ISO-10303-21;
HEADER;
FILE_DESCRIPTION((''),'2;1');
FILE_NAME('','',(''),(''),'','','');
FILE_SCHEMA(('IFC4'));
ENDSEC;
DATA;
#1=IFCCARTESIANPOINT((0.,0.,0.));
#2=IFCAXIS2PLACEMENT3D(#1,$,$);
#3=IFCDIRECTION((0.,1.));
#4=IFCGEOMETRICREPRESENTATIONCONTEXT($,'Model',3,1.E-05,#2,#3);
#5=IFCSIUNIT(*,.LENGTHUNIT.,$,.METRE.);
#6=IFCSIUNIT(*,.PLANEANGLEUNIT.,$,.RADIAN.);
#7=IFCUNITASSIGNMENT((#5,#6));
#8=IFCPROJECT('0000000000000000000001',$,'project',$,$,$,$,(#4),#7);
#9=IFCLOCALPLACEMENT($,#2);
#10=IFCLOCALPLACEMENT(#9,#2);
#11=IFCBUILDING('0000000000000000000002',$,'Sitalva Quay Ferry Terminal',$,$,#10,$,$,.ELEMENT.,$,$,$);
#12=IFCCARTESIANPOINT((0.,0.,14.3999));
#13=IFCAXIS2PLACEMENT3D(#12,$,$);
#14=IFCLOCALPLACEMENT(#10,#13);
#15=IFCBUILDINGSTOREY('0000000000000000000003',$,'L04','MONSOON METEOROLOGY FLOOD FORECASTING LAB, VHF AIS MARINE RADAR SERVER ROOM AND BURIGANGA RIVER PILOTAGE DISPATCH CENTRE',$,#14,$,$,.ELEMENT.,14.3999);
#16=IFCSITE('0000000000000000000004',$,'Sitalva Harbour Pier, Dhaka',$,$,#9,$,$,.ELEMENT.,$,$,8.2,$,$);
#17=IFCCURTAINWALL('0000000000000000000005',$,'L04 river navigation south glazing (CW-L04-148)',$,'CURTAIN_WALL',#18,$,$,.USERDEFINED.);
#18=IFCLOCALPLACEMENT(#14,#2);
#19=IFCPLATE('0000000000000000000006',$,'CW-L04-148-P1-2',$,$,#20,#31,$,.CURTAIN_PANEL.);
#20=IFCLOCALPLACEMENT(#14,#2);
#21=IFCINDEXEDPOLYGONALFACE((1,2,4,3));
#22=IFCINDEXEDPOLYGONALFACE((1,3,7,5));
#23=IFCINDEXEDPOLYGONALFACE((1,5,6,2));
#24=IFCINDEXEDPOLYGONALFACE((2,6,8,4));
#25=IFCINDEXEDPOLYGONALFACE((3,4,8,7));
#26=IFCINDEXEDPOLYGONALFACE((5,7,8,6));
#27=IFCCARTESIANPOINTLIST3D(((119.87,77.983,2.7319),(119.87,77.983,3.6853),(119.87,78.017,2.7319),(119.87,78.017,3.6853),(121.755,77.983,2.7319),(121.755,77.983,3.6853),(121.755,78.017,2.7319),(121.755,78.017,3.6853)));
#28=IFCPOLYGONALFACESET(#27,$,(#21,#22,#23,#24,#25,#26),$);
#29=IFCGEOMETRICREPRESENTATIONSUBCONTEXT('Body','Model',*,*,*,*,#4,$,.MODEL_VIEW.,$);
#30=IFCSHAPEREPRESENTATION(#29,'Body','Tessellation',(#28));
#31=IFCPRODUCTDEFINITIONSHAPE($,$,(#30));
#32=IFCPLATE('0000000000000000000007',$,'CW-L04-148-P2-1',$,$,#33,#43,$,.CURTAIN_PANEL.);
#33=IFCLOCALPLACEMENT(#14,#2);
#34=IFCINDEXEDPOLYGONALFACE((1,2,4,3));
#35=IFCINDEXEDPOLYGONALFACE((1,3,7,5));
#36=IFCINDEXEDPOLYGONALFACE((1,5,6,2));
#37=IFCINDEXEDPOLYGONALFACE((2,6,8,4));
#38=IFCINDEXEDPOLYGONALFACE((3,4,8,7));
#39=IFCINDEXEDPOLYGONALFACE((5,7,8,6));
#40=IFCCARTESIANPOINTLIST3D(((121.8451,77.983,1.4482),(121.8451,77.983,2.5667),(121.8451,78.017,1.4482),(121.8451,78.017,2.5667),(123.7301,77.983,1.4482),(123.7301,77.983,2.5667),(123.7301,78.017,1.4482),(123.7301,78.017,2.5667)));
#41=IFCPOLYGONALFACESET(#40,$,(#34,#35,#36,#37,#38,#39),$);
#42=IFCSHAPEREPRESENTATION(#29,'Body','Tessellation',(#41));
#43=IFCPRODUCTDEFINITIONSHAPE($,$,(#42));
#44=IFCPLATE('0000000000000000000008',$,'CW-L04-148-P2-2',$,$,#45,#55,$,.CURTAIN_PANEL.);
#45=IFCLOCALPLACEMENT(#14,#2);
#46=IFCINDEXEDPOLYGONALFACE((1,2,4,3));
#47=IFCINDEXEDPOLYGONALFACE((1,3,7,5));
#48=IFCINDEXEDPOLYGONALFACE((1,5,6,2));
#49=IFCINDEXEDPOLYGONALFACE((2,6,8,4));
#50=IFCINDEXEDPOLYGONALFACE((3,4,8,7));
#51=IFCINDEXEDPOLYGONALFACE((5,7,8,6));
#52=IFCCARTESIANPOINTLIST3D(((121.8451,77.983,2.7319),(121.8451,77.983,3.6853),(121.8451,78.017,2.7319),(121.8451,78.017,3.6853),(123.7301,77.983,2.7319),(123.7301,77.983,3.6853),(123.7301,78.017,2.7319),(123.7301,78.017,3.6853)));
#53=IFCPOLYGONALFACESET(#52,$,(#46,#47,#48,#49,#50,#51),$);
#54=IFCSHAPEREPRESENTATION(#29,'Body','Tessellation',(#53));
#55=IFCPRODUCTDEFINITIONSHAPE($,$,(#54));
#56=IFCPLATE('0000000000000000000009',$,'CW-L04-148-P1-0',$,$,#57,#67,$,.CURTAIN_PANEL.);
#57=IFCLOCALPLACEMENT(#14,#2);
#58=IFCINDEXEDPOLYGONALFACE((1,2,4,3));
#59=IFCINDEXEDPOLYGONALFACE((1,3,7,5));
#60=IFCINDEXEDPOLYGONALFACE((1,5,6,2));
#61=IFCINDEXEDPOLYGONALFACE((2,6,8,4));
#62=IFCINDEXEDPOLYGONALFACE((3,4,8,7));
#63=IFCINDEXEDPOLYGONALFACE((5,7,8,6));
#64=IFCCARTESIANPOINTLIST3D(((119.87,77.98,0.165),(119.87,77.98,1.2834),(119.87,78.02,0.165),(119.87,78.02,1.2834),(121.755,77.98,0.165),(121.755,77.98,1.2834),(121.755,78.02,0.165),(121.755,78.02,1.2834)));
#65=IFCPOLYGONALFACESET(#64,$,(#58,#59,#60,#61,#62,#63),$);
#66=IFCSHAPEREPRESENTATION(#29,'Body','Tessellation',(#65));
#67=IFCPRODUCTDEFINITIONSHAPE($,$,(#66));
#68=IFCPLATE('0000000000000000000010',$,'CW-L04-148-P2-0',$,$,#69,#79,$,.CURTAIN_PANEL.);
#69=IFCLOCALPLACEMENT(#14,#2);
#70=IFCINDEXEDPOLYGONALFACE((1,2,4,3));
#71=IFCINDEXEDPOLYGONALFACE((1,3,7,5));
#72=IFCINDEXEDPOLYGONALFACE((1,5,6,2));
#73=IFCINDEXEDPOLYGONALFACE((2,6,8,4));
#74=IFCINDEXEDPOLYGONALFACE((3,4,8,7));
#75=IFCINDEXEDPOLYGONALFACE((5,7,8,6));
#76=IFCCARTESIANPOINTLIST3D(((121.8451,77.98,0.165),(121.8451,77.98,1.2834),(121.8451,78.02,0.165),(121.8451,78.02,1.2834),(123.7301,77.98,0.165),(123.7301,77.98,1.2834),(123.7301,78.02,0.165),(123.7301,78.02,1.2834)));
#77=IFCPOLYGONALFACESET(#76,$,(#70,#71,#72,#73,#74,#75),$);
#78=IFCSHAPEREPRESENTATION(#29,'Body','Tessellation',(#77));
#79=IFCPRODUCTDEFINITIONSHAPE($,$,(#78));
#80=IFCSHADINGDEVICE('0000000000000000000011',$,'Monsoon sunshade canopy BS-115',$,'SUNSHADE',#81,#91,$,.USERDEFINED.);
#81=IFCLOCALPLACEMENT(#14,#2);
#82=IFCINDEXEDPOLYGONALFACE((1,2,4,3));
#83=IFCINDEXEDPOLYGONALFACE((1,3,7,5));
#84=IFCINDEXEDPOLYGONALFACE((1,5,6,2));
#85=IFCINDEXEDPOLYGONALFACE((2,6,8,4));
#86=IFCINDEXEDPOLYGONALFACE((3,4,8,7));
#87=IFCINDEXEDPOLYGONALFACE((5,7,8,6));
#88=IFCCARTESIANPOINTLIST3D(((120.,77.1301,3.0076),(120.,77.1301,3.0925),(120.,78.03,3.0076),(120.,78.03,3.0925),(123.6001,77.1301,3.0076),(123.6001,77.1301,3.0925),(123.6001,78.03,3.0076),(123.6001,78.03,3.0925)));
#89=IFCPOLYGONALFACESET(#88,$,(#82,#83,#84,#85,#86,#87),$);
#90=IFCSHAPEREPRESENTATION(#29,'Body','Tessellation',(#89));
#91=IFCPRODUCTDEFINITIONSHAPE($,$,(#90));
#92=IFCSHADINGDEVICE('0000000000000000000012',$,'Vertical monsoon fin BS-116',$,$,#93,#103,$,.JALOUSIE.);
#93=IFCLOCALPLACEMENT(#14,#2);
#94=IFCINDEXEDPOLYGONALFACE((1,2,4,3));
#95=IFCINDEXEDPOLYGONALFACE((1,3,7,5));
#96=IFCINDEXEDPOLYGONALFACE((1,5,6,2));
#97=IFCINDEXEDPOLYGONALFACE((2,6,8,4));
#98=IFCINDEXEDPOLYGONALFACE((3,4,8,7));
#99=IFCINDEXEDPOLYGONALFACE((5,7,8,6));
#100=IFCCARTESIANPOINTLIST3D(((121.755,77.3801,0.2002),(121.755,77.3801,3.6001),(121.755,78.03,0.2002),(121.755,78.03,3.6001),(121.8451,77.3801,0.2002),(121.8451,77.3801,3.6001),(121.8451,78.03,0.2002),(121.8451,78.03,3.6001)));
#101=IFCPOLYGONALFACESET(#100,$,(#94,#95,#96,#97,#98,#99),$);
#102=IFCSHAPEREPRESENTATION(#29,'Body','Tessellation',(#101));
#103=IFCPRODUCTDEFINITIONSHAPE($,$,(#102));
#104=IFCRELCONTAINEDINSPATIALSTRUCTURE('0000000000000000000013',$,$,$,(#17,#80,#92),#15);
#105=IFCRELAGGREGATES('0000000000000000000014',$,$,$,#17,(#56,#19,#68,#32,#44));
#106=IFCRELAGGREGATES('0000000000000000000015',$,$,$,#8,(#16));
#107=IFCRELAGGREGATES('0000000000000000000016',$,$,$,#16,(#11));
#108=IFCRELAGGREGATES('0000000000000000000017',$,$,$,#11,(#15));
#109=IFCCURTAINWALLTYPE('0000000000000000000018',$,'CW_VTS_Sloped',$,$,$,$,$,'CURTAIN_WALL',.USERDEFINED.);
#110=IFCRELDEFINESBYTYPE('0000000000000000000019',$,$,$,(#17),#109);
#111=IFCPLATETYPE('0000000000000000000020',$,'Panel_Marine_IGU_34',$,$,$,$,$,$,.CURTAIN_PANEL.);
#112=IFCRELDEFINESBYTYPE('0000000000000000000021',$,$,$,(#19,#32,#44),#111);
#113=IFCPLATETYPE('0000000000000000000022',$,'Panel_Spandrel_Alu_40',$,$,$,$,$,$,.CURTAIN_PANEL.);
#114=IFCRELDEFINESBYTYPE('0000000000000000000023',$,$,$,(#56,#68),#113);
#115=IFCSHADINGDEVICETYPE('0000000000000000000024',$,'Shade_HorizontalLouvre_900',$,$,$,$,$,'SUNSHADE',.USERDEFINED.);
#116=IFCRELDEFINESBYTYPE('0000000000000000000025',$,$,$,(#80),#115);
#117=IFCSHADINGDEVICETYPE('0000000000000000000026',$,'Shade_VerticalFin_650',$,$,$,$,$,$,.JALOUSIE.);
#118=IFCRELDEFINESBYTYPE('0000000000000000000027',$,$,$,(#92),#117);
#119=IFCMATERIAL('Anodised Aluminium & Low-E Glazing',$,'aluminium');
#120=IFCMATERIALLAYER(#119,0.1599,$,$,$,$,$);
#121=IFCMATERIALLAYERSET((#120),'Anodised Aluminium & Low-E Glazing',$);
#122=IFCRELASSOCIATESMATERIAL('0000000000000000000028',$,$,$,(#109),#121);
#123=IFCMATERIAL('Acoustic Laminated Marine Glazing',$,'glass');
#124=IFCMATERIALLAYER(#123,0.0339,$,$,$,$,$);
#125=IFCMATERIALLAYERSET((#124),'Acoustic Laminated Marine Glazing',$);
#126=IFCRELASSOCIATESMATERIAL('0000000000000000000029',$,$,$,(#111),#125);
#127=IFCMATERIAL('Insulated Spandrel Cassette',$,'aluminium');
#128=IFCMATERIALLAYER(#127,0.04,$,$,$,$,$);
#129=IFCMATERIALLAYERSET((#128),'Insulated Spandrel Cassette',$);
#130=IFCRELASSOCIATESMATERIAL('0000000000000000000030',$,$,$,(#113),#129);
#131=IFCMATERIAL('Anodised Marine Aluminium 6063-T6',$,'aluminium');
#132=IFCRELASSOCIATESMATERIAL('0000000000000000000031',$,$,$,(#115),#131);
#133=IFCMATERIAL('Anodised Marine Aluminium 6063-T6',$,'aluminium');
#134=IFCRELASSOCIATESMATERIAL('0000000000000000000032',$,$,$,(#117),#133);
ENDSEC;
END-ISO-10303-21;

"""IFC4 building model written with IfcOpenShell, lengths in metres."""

from ifc_helpers import new_model, si_unit, direction, frame, origin, origin_2d, place, context, subcontext, project, spatial, rectangle, extrude, material, layer, layer_set, type_object, element, aggregate, save


model = new_model("IFC4")

# Units and contexts
model_context = context("Model", 3, precision=1e-05, world=origin(), true_north=direction((0.0, 1.0)))
body_context = subcontext(model_context, "Body", "Model", "MODEL_VIEW")
ifc_project = project(units=[si_unit("LENGTHUNIT", "METRE"), si_unit("PLANEANGLEUNIT", "RADIAN")], contexts=[model_context])

# Site, building, storey
site_placement = place(None, origin())
site = spatial("IfcSite", under=ifc_project, at=site_placement, Name="Sitalva Harbour Pier, Dhaka", CompositionType="ELEMENT", RefElevation=8.2)
building_placement = place(site_placement, origin())
building = spatial("IfcBuilding", under=site, at=building_placement, Name="Sitalva Quay Ferry Terminal", CompositionType="ELEMENT")
storey_placement = place(building_placement, frame((0.0, 0.0, 14.3999)))
storey = spatial("IfcBuildingStorey", under=building, at=storey_placement, Name="L04", Description="MONSOON METEOROLOGY FLOOD FORECASTING LAB, VHF AIS MARINE RADAR SERVER ROOM AND BURIGANGA RIVER PILOTAGE DISPATCH CENTRE", CompositionType="ELEMENT", Elevation=14.3999)

# Curtain wall, plates
ifc_material_1 = material(Name="Anodised Aluminium & Low-E Glazing", Category="aluminium")
ifc_layer_1 = layer(ifc_material_1, 0.1599)
ifc_layer_set_1 = layer_set([ifc_layer_1], Name="Anodised Aluminium & Low-E Glazing")
curtain_wall_type = type_object("IfcCurtainWallType", Name="CW_VTS_Sloped", ElementType="CURTAIN_WALL", PredefinedType="USERDEFINED", material=ifc_layer_set_1)
curtain_wall_placement = place(storey_placement, origin())
curtain_wall = element("IfcCurtainWall", 1, at=curtain_wall_placement, inside=storey, type_object=curtain_wall_type, Name="L04 river navigation south glazing (CW-L04-148)", ObjectType="CURTAIN_WALL", PredefinedType="USERDEFINED")
ifc_material_2 = material(Name="Acoustic Laminated Marine Glazing", Category="glass")
ifc_layer_2 = layer(ifc_material_2, 0.0339)
ifc_layer_set_2 = layer_set([ifc_layer_2], Name="Acoustic Laminated Marine Glazing")
plate_type_1 = type_object("IfcPlateType", Name="Panel_Marine_IGU_34", PredefinedType="CURTAIN_PANEL", material=ifc_layer_set_2)
plate_1_placement = place(storey_placement, frame((120.8125, 78.0, 2.7319), z_axis=(0.0, 0.0, 1.0), x_axis=(1.0, 0.0, 0.0)))
plate_1 = element("IfcPlate", 2, at=plate_1_placement, type_object=plate_type_1, Name="CW-L04-148-P1-2", PredefinedType="CURTAIN_PANEL", context=body_context, shape_type="SweptSolid", body=[
    extrude(rectangle(XDim=1.885, YDim=0.0339, at=origin_2d()), origin(), (0.0, 0.0, 1.0), 0.9534),
])
plate_2_placement = place(storey_placement, frame((122.7876, 78.0, 1.4482), z_axis=(0.0, 0.0, 1.0), x_axis=(1.0, 0.0, 0.0)))
plate_2 = element("IfcPlate", 3, at=plate_2_placement, type_object=plate_type_1, Name="CW-L04-148-P2-1", PredefinedType="CURTAIN_PANEL", context=body_context, shape_type="SweptSolid", body=[
    extrude(rectangle(XDim=1.885, YDim=0.0339, at=origin_2d()), origin(), (0.0, 0.0, 1.0), 1.1184),
])
plate_3_placement = place(storey_placement, frame((122.7876, 78.0, 2.7319), z_axis=(0.0, 0.0, 1.0), x_axis=(1.0, 0.0, 0.0)))
plate_3 = element("IfcPlate", 4, at=plate_3_placement, type_object=plate_type_1, Name="CW-L04-148-P2-2", PredefinedType="CURTAIN_PANEL", context=body_context, shape_type="SweptSolid", body=[
    extrude(rectangle(XDim=1.885, YDim=0.0339, at=origin_2d()), origin(), (0.0, 0.0, 1.0), 0.9534),
])
ifc_material_3 = material(Name="Insulated Spandrel Cassette", Category="aluminium")
ifc_layer_3 = layer(ifc_material_3, 0.04)
ifc_layer_set_3 = layer_set([ifc_layer_3], Name="Insulated Spandrel Cassette")
plate_type_2 = type_object("IfcPlateType", Name="Panel_Spandrel_Alu_40", PredefinedType="CURTAIN_PANEL", material=ifc_layer_set_3)
plate_4_placement = place(storey_placement, frame((120.8125, 78.0, 0.165), z_axis=(0.0, 0.0, 1.0), x_axis=(1.0, 0.0, 0.0)))
plate_4 = element("IfcPlate", 5, at=plate_4_placement, type_object=plate_type_2, Name="CW-L04-148-P1-0", PredefinedType="CURTAIN_PANEL", context=body_context, shape_type="SweptSolid", body=[
    extrude(rectangle(XDim=1.885, YDim=0.04, at=origin_2d()), origin(), (0.0, 0.0, 1.0), 1.1184),
])
plate_5_placement = place(storey_placement, frame((122.7876, 78.0, 0.165), z_axis=(0.0, 0.0, 1.0), x_axis=(1.0, 0.0, 0.0)))
plate_5 = element("IfcPlate", 6, at=plate_5_placement, type_object=plate_type_2, Name="CW-L04-148-P2-0", PredefinedType="CURTAIN_PANEL", context=body_context, shape_type="SweptSolid", body=[
    extrude(rectangle(XDim=1.885, YDim=0.04, at=origin_2d()), origin(), (0.0, 0.0, 1.0), 1.1184),
])
aggregate(curtain_wall, [plate_4, plate_1, plate_5, plate_2, plate_3])

# Shading devices
ifc_material_4 = material(Name="Anodised Marine Aluminium 6063-T6", Category="aluminium")
shading_device_type_1 = type_object("IfcShadingDeviceType", Name="Shade_HorizontalLouvre_900", ElementType="SUNSHADE", PredefinedType="USERDEFINED", material=ifc_material_4)
shading_device_1_placement = place(storey_placement, frame((121.8, 77.5801, 3.0076), z_axis=(0.0, 0.0, 1.0), x_axis=(1.0, 0.0, 0.0)))
element("IfcShadingDevice", 7, at=shading_device_1_placement, inside=storey, type_object=shading_device_type_1, Name="Monsoon sunshade canopy BS-115", ObjectType="SUNSHADE", PredefinedType="USERDEFINED", context=body_context, shape_type="SweptSolid", body=[
    extrude(rectangle(XDim=3.6001, YDim=0.8999, at=origin_2d()), origin(), (0.0, 0.0, 1.0), 0.085),
])
ifc_material_5 = material(Name="Anodised Marine Aluminium 6063-T6", Category="aluminium")
shading_device_type_2 = type_object("IfcShadingDeviceType", Name="Shade_VerticalFin_650", PredefinedType="JALOUSIE", material=ifc_material_5)
shading_device_2_placement = place(storey_placement, frame((121.8, 77.7051, 0.2002), z_axis=(0.0, 0.0, 1.0), x_axis=(1.0, 0.0, 0.0)))
element("IfcShadingDevice", 8, at=shading_device_2_placement, inside=storey, type_object=shading_device_type_2, Name="Vertical monsoon fin BS-116", PredefinedType="JALOUSIE", context=body_context, shape_type="SweptSolid", body=[
    extrude(rectangle(XDim=0.0901, YDim=0.6499, at=origin_2d()), origin(), (0.0, 0.0, 1.0), 3.3999),
])

save(model, "model.ifc")
